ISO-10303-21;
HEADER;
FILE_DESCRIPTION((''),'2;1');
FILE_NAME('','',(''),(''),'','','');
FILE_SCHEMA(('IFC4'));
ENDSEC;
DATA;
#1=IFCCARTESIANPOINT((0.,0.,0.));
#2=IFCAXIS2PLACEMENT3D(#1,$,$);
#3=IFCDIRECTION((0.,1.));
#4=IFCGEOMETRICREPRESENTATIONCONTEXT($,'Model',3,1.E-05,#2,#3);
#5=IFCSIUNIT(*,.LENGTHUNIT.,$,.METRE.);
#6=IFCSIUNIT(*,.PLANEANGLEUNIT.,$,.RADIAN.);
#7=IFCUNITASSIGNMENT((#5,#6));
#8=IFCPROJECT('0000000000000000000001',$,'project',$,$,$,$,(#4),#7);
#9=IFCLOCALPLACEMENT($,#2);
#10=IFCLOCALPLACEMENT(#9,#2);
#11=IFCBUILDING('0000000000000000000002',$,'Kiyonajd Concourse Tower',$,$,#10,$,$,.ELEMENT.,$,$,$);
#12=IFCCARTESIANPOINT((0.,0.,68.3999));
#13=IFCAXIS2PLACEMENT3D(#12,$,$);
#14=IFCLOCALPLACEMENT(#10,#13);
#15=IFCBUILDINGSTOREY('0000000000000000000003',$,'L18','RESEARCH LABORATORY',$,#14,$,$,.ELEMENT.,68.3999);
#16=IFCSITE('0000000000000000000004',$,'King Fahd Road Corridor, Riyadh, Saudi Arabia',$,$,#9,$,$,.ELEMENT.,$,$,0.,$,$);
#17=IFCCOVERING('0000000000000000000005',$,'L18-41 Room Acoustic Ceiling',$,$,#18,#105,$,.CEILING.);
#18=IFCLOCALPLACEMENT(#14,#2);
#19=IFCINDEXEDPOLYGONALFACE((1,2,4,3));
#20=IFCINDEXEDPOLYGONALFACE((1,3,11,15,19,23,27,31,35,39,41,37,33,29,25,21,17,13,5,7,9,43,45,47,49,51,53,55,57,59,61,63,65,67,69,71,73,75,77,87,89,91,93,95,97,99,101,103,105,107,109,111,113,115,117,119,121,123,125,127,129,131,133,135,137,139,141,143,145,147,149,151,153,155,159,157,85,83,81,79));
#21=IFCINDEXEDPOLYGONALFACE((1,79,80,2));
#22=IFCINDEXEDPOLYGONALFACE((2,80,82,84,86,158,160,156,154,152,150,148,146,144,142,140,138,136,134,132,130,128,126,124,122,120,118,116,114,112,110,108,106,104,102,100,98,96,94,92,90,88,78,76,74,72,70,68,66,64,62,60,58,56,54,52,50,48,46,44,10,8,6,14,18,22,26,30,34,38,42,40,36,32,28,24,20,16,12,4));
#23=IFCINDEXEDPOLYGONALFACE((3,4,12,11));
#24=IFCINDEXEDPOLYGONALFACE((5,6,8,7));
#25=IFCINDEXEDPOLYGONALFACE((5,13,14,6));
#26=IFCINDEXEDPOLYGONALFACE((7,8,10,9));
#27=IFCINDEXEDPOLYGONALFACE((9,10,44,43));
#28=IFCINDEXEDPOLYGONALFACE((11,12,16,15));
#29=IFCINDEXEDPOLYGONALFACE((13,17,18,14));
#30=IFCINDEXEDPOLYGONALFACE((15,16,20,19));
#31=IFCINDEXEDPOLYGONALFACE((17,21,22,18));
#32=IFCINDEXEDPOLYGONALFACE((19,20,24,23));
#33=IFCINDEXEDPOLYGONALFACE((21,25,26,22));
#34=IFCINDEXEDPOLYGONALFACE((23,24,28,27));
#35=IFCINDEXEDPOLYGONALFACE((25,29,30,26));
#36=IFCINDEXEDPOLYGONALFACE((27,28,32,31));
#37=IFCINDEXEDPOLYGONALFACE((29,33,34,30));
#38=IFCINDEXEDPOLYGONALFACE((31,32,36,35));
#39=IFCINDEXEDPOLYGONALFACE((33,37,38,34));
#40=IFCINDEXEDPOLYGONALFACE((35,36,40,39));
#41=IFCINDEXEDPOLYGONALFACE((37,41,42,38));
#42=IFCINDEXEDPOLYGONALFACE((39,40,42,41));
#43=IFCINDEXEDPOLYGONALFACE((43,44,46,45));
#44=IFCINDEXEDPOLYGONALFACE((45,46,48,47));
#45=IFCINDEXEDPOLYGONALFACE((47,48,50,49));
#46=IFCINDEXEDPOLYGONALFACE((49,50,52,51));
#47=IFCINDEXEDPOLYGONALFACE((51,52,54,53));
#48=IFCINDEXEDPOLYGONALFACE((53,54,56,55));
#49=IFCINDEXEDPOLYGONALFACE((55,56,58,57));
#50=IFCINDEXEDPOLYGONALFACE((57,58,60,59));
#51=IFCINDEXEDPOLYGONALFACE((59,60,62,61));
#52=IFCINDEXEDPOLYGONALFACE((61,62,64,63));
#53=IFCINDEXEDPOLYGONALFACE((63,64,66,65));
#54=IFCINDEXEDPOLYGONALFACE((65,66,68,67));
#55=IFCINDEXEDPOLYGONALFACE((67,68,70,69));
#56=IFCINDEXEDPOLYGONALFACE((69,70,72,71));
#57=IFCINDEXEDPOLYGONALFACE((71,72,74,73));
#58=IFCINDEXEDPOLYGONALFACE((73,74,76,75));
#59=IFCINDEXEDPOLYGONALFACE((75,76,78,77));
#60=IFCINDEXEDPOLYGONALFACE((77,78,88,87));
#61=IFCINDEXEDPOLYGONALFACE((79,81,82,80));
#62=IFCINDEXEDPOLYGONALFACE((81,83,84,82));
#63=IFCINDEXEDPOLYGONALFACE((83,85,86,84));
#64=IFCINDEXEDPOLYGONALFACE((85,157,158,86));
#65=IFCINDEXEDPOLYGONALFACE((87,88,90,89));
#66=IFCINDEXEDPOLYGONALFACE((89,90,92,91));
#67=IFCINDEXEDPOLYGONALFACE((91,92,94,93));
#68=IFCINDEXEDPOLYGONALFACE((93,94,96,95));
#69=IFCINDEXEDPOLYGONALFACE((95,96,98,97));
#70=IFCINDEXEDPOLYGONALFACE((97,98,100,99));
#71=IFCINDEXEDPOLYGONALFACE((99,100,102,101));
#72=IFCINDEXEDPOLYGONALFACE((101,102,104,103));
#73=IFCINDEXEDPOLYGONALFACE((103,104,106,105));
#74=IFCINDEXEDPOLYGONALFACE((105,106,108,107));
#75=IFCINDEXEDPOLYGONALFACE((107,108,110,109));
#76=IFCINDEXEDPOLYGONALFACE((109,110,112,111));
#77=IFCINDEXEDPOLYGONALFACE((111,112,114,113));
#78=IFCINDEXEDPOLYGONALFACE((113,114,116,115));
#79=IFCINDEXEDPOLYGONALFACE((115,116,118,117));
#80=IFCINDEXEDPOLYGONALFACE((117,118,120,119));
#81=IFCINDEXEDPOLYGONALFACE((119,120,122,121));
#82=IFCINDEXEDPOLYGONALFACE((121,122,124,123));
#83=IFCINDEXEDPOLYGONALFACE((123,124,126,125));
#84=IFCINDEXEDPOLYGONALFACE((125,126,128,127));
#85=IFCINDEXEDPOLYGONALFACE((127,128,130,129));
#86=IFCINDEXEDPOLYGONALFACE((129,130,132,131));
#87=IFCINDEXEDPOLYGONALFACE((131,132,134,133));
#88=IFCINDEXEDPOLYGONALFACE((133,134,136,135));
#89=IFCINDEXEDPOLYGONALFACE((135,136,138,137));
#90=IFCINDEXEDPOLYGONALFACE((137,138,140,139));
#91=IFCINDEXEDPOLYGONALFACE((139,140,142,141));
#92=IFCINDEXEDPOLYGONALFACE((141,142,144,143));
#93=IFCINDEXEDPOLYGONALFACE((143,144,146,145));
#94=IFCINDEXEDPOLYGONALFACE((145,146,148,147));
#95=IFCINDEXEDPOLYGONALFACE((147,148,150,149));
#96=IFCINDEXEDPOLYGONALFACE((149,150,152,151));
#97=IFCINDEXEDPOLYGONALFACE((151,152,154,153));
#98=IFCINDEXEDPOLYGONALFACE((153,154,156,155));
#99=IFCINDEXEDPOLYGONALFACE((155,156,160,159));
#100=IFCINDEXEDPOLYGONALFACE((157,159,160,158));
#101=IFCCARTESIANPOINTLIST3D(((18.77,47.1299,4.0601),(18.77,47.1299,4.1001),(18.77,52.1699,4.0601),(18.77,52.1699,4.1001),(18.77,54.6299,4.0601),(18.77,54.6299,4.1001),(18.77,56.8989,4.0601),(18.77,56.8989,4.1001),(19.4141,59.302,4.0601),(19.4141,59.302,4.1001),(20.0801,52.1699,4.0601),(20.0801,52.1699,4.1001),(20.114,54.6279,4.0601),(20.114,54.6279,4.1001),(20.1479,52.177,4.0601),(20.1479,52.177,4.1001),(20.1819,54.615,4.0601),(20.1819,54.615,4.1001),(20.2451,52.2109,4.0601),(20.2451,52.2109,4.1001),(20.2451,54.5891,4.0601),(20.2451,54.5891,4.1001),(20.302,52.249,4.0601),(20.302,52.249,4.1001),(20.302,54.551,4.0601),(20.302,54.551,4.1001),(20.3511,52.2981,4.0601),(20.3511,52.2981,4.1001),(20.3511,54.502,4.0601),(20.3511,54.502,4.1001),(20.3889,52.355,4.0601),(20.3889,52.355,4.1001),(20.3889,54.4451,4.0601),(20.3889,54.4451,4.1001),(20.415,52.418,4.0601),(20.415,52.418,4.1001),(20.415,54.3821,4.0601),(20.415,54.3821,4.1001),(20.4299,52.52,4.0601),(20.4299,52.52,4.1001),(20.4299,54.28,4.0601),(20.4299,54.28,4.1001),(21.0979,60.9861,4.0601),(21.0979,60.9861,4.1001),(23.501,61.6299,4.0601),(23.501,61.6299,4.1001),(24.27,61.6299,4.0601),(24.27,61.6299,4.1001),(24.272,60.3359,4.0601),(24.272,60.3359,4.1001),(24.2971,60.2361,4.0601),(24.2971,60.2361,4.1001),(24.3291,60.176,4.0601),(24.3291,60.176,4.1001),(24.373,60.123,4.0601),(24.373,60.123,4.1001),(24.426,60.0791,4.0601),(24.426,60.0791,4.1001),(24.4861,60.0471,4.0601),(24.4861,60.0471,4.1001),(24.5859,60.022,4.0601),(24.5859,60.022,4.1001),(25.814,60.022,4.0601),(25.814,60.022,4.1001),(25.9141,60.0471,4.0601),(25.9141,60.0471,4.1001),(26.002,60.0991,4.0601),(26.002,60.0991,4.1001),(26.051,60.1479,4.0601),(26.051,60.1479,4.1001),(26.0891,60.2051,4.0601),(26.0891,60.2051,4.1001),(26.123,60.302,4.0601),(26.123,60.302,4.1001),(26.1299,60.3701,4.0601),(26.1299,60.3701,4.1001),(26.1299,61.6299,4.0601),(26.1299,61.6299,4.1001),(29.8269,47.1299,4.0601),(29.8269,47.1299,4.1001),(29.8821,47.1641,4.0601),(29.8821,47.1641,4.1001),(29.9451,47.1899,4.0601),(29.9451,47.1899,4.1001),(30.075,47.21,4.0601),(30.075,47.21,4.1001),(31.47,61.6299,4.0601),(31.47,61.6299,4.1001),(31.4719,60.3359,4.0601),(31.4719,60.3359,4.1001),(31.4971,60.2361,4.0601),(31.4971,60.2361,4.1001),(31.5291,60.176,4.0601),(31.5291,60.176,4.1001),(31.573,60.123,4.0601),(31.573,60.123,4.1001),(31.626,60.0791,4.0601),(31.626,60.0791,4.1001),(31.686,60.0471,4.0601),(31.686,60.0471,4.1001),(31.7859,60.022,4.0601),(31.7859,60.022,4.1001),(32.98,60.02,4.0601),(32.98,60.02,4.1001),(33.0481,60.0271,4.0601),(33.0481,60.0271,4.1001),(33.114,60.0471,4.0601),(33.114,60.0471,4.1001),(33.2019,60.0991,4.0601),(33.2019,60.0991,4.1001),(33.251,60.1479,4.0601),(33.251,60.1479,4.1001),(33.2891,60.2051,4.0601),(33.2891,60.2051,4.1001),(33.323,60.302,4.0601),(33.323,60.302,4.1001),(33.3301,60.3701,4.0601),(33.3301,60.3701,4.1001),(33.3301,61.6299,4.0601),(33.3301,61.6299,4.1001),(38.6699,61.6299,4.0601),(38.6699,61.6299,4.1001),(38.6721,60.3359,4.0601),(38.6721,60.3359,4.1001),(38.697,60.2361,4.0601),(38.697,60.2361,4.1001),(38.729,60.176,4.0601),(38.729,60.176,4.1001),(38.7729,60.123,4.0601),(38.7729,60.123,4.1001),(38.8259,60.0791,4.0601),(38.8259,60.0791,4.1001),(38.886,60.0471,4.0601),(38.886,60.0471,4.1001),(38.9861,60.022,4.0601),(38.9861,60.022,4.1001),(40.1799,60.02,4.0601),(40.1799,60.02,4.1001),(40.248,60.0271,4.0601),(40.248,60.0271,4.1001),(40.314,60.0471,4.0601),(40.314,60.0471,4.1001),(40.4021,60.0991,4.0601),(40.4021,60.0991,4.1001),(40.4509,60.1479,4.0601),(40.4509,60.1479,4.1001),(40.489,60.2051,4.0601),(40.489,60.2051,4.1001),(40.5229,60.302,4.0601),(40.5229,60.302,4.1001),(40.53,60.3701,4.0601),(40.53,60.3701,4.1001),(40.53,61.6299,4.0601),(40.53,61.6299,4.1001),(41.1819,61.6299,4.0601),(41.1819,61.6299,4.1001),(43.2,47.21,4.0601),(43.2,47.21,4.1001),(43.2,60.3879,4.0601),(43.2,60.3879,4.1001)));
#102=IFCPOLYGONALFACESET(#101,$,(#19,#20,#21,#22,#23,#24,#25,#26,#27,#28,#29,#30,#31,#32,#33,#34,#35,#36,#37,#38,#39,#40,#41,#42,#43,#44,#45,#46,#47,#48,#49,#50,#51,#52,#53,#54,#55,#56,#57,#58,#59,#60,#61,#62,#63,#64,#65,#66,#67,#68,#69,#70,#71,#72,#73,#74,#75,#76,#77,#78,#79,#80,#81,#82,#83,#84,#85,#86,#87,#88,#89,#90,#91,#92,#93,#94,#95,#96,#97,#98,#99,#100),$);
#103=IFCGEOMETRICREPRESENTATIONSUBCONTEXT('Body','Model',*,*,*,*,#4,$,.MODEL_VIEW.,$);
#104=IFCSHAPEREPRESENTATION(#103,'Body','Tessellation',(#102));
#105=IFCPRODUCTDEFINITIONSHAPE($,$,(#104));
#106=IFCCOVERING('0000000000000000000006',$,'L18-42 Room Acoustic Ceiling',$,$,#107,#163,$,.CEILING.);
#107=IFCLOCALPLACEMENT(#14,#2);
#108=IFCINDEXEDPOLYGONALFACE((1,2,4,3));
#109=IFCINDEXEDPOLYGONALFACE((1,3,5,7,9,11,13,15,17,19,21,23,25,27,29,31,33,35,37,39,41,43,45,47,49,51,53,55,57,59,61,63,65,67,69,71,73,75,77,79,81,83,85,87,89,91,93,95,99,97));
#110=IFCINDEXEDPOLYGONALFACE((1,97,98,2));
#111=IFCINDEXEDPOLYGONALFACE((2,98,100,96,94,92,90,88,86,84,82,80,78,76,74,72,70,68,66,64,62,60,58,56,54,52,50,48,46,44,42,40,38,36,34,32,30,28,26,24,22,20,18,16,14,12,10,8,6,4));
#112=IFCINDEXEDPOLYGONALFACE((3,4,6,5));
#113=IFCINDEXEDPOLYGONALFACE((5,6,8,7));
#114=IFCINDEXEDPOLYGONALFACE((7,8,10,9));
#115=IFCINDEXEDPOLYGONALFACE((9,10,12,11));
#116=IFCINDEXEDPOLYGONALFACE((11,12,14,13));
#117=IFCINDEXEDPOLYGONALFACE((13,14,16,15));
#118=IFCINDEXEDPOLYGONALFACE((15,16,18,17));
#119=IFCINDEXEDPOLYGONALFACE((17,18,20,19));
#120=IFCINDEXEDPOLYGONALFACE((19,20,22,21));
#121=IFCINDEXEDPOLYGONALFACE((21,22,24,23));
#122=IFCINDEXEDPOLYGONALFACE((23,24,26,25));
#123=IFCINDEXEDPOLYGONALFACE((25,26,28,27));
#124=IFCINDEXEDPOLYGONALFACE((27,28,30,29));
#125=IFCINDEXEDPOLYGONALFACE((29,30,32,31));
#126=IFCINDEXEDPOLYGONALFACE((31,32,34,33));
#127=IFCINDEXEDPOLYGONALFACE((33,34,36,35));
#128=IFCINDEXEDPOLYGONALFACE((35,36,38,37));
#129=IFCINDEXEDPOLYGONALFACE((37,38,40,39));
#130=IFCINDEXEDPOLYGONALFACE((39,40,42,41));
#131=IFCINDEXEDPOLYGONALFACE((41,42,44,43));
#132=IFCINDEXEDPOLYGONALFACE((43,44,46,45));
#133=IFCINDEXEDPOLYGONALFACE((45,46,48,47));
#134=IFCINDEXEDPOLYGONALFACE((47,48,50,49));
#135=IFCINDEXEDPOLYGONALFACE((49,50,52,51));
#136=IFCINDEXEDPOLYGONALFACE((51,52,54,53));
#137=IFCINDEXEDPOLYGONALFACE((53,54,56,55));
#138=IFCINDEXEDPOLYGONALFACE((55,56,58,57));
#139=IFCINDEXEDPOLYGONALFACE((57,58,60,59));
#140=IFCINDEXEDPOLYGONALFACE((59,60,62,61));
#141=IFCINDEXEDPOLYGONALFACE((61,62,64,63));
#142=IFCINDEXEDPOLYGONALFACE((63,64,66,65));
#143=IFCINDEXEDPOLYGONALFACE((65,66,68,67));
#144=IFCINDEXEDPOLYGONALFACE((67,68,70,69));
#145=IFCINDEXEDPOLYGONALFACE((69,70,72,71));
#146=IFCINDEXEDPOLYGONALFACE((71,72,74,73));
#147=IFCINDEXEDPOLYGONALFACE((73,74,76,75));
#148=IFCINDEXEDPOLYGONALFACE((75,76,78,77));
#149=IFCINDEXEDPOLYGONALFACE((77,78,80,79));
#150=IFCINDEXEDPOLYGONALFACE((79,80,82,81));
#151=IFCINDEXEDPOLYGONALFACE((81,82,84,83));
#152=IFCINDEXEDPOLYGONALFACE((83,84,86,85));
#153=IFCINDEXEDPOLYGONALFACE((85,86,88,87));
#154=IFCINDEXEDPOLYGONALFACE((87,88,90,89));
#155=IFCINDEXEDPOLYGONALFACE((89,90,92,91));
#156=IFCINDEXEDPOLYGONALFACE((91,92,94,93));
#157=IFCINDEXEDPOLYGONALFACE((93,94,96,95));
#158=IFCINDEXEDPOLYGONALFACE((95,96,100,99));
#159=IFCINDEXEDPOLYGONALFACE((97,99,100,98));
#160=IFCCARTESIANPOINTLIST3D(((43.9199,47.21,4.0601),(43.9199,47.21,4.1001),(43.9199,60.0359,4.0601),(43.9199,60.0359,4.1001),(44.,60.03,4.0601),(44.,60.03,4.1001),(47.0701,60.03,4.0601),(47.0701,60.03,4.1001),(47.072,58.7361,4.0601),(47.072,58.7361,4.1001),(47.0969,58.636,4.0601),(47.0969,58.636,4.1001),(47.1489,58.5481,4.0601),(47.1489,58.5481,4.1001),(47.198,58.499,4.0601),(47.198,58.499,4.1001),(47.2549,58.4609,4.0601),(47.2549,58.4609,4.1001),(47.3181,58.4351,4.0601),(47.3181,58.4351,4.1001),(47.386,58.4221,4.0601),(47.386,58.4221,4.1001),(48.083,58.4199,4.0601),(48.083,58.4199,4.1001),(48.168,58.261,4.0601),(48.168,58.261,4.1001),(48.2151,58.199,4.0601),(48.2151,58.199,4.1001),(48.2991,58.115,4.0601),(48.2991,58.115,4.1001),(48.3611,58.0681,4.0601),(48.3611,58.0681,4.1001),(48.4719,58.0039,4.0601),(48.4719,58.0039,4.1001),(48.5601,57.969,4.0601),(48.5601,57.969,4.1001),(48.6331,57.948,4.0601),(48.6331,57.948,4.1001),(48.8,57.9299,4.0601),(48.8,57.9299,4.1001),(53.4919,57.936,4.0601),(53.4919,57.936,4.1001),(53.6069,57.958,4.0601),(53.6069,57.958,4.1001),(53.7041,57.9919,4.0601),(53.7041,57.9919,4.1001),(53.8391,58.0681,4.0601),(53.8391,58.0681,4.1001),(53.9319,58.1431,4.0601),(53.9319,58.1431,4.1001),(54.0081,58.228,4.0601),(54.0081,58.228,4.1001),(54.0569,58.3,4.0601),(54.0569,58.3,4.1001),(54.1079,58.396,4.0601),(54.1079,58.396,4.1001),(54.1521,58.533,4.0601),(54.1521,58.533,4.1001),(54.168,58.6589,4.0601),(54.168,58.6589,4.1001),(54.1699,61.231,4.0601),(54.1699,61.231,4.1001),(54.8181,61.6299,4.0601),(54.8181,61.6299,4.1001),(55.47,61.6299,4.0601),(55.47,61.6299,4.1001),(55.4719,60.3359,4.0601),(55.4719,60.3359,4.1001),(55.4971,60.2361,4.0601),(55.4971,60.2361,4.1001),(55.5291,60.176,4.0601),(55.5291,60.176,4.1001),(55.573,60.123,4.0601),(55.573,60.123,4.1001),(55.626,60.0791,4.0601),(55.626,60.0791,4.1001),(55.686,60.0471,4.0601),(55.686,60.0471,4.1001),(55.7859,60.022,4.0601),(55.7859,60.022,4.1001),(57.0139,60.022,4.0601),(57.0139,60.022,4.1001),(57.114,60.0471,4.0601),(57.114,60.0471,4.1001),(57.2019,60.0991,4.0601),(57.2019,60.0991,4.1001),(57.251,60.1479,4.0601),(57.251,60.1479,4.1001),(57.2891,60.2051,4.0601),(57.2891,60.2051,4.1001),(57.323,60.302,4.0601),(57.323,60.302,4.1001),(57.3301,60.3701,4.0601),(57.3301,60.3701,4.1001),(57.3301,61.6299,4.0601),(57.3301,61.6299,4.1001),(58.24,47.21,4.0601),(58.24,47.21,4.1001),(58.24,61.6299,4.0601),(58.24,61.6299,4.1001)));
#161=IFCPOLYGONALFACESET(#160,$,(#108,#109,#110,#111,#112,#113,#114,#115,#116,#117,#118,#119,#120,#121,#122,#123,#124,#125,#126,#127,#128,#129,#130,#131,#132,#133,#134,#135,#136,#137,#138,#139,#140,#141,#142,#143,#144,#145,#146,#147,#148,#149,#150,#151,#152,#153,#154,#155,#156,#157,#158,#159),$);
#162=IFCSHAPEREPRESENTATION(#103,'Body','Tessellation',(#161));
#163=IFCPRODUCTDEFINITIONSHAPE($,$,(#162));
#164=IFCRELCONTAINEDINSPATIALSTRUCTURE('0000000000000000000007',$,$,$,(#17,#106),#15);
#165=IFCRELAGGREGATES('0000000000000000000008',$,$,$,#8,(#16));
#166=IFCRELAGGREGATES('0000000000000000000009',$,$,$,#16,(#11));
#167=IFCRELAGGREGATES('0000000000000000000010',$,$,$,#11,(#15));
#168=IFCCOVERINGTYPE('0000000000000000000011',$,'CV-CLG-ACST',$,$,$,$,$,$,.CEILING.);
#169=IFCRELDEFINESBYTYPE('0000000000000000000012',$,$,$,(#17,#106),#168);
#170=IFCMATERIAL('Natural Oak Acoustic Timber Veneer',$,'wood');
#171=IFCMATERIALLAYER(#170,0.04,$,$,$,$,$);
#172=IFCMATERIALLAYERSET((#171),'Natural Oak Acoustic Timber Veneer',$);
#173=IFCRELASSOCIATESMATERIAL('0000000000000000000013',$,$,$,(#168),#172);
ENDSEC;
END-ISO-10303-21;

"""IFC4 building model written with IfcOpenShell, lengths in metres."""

from ifc_helpers import new_model, si_unit, direction, frame, origin, place, context, subcontext, project, spatial, polyline, outline, extrude, material, layer, layer_set, type_object, element, save


model = new_model("IFC4")

# Units and contexts
model_context = context("Model", 3, precision=1e-05, world=origin(), true_north=direction((0.0, 1.0)))
body_context = subcontext(model_context, "Body", "Model", "MODEL_VIEW")
ifc_project = project(units=[si_unit("LENGTHUNIT", "METRE"), si_unit("PLANEANGLEUNIT", "RADIAN")], contexts=[model_context])

# Site, building, storey
site_placement = place(None, origin())
site = spatial("IfcSite", under=ifc_project, at=site_placement, Name="King Fahd Road Corridor, Riyadh, Saudi Arabia", CompositionType="ELEMENT", RefElevation=0.0)
building_placement = place(site_placement, origin())
building = spatial("IfcBuilding", under=site, at=building_placement, Name="Kiyonajd Concourse Tower", CompositionType="ELEMENT")
storey_placement = place(building_placement, frame((0.0, 0.0, 68.3999)))
storey = spatial("IfcBuildingStorey", under=building, at=storey_placement, Name="L18", Description="RESEARCH LABORATORY", CompositionType="ELEMENT", Elevation=68.3999)

# Coverings
ifc_material_1 = material(Name="Natural Oak Acoustic Timber Veneer", Category="wood")
ifc_layer_1 = layer(ifc_material_1, 0.04)
ifc_layer_set_1 = layer_set([ifc_layer_1], Name="Natural Oak Acoustic Timber Veneer")
covering_type = type_object("IfcCoveringType", Name="CV-CLG-ACST", PredefinedType="CEILING", material=ifc_layer_set_1)
covering_1_placement = place(storey_placement, frame((0.0, 0.0, 4.0601)))
element("IfcCovering", 1, at=covering_1_placement, inside=storey, type_object=covering_type, Name="L18-41 Room Acoustic Ceiling", PredefinedType="CEILING", context=body_context, shape_type="SweptSolid", body=[
    extrude(outline(polyline([(21.0979, 60.9861), (23.501, 61.6299), (24.27, 61.6299), (24.272, 60.3359), (24.2971, 60.2361), (24.3291, 60.176), (24.373, 60.123), (24.426, 60.0791), (24.4861, 60.0471), (24.5859, 60.022), (25.814, 60.022), (25.9141, 60.0471), (26.002, 60.0991), (26.051, 60.1479), (26.0891, 60.2051), (26.123, 60.302), (26.1299, 60.3701), (26.1299, 61.6299), (31.47, 61.6299), (31.4719, 60.3359), (31.4971, 60.2361), (31.5291, 60.176), (31.573, 60.123), (31.626, 60.0791), (31.686, 60.0471), (31.7859, 60.022), (32.98, 60.02), (33.0481, 60.0271), (33.114, 60.0471), (33.2019, 60.0991), (33.251, 60.1479), (33.2891, 60.2051), (33.323, 60.302), (33.3301, 60.3701), (33.3301, 61.6299), (38.6699, 61.6299), (38.6721, 60.3359), (38.697, 60.2361), (38.729, 60.176), (38.7729, 60.123), (38.8259, 60.0791), (38.886, 60.0471), (38.9861, 60.022), (40.1799, 60.02), (40.248, 60.0271), (40.314, 60.0471), (40.4021, 60.0991), (40.4509, 60.1479), (40.489, 60.2051), (40.5229, 60.302), (40.53, 60.3701), (40.53, 61.6299), (41.1819, 61.6299), (43.2, 60.3879), (43.2, 47.21), (30.075, 47.21), (29.9451, 47.1899), (29.8821, 47.1641), (29.8269, 47.1299), (18.77, 47.1299), (18.77, 52.1699), (20.0801, 52.1699), (20.1479, 52.177), (20.2451, 52.2109), (20.302, 52.249), (20.3511, 52.2981), (20.3889, 52.355), (20.415, 52.418), (20.4299, 52.52), (20.4299, 54.28), (20.415, 54.3821), (20.3889, 54.4451), (20.3511, 54.502), (20.302, 54.551), (20.2451, 54.5891), (20.1819, 54.615), (20.114, 54.6279), (18.77, 54.6299), (18.77, 56.8989), (19.4141, 59.302), (21.0979, 60.9861)])), origin(), (0.0, 0.0, 1.0), 0.04),
])
covering_2_placement = place(storey_placement, frame((0.0, 0.0, 4.0601)))
element("IfcCovering", 2, at=covering_2_placement, inside=storey, type_object=covering_type, Name="L18-42 Room Acoustic Ceiling", PredefinedType="CEILING", context=body_context, shape_type="SweptSolid", body=[
    extrude(outline(polyline([(43.9199, 60.0359), (44.0, 60.03), (47.0701, 60.03), (47.072, 58.7361), (47.0969, 58.636), (47.1489, 58.5481), (47.198, 58.499), (47.2549, 58.4609), (47.3181, 58.4351), (47.386, 58.4221), (48.083, 58.4199), (48.168, 58.261), (48.2151, 58.199), (48.2991, 58.115), (48.3611, 58.0681), (48.4719, 58.0039), (48.5601, 57.969), (48.6331, 57.948), (48.8, 57.9299), (53.4919, 57.936), (53.6069, 57.958), (53.7041, 57.9919), (53.8391, 58.0681), (53.9319, 58.1431), (54.0081, 58.228), (54.0569, 58.3), (54.1079, 58.396), (54.1521, 58.533), (54.168, 58.6589), (54.1699, 61.231), (54.8181, 61.6299), (55.47, 61.6299), (55.4719, 60.3359), (55.4971, 60.2361), (55.5291, 60.176), (55.573, 60.123), (55.626, 60.0791), (55.686, 60.0471), (55.7859, 60.022), (57.0139, 60.022), (57.114, 60.0471), (57.2019, 60.0991), (57.251, 60.1479), (57.2891, 60.2051), (57.323, 60.302), (57.3301, 60.3701), (57.3301, 61.6299), (58.24, 61.6299), (58.24, 47.21), (43.9199, 47.21), (43.9199, 60.0359)])), origin(), (0.0, 0.0, 1.0), 0.04),
])

save(model, "model.ifc")
